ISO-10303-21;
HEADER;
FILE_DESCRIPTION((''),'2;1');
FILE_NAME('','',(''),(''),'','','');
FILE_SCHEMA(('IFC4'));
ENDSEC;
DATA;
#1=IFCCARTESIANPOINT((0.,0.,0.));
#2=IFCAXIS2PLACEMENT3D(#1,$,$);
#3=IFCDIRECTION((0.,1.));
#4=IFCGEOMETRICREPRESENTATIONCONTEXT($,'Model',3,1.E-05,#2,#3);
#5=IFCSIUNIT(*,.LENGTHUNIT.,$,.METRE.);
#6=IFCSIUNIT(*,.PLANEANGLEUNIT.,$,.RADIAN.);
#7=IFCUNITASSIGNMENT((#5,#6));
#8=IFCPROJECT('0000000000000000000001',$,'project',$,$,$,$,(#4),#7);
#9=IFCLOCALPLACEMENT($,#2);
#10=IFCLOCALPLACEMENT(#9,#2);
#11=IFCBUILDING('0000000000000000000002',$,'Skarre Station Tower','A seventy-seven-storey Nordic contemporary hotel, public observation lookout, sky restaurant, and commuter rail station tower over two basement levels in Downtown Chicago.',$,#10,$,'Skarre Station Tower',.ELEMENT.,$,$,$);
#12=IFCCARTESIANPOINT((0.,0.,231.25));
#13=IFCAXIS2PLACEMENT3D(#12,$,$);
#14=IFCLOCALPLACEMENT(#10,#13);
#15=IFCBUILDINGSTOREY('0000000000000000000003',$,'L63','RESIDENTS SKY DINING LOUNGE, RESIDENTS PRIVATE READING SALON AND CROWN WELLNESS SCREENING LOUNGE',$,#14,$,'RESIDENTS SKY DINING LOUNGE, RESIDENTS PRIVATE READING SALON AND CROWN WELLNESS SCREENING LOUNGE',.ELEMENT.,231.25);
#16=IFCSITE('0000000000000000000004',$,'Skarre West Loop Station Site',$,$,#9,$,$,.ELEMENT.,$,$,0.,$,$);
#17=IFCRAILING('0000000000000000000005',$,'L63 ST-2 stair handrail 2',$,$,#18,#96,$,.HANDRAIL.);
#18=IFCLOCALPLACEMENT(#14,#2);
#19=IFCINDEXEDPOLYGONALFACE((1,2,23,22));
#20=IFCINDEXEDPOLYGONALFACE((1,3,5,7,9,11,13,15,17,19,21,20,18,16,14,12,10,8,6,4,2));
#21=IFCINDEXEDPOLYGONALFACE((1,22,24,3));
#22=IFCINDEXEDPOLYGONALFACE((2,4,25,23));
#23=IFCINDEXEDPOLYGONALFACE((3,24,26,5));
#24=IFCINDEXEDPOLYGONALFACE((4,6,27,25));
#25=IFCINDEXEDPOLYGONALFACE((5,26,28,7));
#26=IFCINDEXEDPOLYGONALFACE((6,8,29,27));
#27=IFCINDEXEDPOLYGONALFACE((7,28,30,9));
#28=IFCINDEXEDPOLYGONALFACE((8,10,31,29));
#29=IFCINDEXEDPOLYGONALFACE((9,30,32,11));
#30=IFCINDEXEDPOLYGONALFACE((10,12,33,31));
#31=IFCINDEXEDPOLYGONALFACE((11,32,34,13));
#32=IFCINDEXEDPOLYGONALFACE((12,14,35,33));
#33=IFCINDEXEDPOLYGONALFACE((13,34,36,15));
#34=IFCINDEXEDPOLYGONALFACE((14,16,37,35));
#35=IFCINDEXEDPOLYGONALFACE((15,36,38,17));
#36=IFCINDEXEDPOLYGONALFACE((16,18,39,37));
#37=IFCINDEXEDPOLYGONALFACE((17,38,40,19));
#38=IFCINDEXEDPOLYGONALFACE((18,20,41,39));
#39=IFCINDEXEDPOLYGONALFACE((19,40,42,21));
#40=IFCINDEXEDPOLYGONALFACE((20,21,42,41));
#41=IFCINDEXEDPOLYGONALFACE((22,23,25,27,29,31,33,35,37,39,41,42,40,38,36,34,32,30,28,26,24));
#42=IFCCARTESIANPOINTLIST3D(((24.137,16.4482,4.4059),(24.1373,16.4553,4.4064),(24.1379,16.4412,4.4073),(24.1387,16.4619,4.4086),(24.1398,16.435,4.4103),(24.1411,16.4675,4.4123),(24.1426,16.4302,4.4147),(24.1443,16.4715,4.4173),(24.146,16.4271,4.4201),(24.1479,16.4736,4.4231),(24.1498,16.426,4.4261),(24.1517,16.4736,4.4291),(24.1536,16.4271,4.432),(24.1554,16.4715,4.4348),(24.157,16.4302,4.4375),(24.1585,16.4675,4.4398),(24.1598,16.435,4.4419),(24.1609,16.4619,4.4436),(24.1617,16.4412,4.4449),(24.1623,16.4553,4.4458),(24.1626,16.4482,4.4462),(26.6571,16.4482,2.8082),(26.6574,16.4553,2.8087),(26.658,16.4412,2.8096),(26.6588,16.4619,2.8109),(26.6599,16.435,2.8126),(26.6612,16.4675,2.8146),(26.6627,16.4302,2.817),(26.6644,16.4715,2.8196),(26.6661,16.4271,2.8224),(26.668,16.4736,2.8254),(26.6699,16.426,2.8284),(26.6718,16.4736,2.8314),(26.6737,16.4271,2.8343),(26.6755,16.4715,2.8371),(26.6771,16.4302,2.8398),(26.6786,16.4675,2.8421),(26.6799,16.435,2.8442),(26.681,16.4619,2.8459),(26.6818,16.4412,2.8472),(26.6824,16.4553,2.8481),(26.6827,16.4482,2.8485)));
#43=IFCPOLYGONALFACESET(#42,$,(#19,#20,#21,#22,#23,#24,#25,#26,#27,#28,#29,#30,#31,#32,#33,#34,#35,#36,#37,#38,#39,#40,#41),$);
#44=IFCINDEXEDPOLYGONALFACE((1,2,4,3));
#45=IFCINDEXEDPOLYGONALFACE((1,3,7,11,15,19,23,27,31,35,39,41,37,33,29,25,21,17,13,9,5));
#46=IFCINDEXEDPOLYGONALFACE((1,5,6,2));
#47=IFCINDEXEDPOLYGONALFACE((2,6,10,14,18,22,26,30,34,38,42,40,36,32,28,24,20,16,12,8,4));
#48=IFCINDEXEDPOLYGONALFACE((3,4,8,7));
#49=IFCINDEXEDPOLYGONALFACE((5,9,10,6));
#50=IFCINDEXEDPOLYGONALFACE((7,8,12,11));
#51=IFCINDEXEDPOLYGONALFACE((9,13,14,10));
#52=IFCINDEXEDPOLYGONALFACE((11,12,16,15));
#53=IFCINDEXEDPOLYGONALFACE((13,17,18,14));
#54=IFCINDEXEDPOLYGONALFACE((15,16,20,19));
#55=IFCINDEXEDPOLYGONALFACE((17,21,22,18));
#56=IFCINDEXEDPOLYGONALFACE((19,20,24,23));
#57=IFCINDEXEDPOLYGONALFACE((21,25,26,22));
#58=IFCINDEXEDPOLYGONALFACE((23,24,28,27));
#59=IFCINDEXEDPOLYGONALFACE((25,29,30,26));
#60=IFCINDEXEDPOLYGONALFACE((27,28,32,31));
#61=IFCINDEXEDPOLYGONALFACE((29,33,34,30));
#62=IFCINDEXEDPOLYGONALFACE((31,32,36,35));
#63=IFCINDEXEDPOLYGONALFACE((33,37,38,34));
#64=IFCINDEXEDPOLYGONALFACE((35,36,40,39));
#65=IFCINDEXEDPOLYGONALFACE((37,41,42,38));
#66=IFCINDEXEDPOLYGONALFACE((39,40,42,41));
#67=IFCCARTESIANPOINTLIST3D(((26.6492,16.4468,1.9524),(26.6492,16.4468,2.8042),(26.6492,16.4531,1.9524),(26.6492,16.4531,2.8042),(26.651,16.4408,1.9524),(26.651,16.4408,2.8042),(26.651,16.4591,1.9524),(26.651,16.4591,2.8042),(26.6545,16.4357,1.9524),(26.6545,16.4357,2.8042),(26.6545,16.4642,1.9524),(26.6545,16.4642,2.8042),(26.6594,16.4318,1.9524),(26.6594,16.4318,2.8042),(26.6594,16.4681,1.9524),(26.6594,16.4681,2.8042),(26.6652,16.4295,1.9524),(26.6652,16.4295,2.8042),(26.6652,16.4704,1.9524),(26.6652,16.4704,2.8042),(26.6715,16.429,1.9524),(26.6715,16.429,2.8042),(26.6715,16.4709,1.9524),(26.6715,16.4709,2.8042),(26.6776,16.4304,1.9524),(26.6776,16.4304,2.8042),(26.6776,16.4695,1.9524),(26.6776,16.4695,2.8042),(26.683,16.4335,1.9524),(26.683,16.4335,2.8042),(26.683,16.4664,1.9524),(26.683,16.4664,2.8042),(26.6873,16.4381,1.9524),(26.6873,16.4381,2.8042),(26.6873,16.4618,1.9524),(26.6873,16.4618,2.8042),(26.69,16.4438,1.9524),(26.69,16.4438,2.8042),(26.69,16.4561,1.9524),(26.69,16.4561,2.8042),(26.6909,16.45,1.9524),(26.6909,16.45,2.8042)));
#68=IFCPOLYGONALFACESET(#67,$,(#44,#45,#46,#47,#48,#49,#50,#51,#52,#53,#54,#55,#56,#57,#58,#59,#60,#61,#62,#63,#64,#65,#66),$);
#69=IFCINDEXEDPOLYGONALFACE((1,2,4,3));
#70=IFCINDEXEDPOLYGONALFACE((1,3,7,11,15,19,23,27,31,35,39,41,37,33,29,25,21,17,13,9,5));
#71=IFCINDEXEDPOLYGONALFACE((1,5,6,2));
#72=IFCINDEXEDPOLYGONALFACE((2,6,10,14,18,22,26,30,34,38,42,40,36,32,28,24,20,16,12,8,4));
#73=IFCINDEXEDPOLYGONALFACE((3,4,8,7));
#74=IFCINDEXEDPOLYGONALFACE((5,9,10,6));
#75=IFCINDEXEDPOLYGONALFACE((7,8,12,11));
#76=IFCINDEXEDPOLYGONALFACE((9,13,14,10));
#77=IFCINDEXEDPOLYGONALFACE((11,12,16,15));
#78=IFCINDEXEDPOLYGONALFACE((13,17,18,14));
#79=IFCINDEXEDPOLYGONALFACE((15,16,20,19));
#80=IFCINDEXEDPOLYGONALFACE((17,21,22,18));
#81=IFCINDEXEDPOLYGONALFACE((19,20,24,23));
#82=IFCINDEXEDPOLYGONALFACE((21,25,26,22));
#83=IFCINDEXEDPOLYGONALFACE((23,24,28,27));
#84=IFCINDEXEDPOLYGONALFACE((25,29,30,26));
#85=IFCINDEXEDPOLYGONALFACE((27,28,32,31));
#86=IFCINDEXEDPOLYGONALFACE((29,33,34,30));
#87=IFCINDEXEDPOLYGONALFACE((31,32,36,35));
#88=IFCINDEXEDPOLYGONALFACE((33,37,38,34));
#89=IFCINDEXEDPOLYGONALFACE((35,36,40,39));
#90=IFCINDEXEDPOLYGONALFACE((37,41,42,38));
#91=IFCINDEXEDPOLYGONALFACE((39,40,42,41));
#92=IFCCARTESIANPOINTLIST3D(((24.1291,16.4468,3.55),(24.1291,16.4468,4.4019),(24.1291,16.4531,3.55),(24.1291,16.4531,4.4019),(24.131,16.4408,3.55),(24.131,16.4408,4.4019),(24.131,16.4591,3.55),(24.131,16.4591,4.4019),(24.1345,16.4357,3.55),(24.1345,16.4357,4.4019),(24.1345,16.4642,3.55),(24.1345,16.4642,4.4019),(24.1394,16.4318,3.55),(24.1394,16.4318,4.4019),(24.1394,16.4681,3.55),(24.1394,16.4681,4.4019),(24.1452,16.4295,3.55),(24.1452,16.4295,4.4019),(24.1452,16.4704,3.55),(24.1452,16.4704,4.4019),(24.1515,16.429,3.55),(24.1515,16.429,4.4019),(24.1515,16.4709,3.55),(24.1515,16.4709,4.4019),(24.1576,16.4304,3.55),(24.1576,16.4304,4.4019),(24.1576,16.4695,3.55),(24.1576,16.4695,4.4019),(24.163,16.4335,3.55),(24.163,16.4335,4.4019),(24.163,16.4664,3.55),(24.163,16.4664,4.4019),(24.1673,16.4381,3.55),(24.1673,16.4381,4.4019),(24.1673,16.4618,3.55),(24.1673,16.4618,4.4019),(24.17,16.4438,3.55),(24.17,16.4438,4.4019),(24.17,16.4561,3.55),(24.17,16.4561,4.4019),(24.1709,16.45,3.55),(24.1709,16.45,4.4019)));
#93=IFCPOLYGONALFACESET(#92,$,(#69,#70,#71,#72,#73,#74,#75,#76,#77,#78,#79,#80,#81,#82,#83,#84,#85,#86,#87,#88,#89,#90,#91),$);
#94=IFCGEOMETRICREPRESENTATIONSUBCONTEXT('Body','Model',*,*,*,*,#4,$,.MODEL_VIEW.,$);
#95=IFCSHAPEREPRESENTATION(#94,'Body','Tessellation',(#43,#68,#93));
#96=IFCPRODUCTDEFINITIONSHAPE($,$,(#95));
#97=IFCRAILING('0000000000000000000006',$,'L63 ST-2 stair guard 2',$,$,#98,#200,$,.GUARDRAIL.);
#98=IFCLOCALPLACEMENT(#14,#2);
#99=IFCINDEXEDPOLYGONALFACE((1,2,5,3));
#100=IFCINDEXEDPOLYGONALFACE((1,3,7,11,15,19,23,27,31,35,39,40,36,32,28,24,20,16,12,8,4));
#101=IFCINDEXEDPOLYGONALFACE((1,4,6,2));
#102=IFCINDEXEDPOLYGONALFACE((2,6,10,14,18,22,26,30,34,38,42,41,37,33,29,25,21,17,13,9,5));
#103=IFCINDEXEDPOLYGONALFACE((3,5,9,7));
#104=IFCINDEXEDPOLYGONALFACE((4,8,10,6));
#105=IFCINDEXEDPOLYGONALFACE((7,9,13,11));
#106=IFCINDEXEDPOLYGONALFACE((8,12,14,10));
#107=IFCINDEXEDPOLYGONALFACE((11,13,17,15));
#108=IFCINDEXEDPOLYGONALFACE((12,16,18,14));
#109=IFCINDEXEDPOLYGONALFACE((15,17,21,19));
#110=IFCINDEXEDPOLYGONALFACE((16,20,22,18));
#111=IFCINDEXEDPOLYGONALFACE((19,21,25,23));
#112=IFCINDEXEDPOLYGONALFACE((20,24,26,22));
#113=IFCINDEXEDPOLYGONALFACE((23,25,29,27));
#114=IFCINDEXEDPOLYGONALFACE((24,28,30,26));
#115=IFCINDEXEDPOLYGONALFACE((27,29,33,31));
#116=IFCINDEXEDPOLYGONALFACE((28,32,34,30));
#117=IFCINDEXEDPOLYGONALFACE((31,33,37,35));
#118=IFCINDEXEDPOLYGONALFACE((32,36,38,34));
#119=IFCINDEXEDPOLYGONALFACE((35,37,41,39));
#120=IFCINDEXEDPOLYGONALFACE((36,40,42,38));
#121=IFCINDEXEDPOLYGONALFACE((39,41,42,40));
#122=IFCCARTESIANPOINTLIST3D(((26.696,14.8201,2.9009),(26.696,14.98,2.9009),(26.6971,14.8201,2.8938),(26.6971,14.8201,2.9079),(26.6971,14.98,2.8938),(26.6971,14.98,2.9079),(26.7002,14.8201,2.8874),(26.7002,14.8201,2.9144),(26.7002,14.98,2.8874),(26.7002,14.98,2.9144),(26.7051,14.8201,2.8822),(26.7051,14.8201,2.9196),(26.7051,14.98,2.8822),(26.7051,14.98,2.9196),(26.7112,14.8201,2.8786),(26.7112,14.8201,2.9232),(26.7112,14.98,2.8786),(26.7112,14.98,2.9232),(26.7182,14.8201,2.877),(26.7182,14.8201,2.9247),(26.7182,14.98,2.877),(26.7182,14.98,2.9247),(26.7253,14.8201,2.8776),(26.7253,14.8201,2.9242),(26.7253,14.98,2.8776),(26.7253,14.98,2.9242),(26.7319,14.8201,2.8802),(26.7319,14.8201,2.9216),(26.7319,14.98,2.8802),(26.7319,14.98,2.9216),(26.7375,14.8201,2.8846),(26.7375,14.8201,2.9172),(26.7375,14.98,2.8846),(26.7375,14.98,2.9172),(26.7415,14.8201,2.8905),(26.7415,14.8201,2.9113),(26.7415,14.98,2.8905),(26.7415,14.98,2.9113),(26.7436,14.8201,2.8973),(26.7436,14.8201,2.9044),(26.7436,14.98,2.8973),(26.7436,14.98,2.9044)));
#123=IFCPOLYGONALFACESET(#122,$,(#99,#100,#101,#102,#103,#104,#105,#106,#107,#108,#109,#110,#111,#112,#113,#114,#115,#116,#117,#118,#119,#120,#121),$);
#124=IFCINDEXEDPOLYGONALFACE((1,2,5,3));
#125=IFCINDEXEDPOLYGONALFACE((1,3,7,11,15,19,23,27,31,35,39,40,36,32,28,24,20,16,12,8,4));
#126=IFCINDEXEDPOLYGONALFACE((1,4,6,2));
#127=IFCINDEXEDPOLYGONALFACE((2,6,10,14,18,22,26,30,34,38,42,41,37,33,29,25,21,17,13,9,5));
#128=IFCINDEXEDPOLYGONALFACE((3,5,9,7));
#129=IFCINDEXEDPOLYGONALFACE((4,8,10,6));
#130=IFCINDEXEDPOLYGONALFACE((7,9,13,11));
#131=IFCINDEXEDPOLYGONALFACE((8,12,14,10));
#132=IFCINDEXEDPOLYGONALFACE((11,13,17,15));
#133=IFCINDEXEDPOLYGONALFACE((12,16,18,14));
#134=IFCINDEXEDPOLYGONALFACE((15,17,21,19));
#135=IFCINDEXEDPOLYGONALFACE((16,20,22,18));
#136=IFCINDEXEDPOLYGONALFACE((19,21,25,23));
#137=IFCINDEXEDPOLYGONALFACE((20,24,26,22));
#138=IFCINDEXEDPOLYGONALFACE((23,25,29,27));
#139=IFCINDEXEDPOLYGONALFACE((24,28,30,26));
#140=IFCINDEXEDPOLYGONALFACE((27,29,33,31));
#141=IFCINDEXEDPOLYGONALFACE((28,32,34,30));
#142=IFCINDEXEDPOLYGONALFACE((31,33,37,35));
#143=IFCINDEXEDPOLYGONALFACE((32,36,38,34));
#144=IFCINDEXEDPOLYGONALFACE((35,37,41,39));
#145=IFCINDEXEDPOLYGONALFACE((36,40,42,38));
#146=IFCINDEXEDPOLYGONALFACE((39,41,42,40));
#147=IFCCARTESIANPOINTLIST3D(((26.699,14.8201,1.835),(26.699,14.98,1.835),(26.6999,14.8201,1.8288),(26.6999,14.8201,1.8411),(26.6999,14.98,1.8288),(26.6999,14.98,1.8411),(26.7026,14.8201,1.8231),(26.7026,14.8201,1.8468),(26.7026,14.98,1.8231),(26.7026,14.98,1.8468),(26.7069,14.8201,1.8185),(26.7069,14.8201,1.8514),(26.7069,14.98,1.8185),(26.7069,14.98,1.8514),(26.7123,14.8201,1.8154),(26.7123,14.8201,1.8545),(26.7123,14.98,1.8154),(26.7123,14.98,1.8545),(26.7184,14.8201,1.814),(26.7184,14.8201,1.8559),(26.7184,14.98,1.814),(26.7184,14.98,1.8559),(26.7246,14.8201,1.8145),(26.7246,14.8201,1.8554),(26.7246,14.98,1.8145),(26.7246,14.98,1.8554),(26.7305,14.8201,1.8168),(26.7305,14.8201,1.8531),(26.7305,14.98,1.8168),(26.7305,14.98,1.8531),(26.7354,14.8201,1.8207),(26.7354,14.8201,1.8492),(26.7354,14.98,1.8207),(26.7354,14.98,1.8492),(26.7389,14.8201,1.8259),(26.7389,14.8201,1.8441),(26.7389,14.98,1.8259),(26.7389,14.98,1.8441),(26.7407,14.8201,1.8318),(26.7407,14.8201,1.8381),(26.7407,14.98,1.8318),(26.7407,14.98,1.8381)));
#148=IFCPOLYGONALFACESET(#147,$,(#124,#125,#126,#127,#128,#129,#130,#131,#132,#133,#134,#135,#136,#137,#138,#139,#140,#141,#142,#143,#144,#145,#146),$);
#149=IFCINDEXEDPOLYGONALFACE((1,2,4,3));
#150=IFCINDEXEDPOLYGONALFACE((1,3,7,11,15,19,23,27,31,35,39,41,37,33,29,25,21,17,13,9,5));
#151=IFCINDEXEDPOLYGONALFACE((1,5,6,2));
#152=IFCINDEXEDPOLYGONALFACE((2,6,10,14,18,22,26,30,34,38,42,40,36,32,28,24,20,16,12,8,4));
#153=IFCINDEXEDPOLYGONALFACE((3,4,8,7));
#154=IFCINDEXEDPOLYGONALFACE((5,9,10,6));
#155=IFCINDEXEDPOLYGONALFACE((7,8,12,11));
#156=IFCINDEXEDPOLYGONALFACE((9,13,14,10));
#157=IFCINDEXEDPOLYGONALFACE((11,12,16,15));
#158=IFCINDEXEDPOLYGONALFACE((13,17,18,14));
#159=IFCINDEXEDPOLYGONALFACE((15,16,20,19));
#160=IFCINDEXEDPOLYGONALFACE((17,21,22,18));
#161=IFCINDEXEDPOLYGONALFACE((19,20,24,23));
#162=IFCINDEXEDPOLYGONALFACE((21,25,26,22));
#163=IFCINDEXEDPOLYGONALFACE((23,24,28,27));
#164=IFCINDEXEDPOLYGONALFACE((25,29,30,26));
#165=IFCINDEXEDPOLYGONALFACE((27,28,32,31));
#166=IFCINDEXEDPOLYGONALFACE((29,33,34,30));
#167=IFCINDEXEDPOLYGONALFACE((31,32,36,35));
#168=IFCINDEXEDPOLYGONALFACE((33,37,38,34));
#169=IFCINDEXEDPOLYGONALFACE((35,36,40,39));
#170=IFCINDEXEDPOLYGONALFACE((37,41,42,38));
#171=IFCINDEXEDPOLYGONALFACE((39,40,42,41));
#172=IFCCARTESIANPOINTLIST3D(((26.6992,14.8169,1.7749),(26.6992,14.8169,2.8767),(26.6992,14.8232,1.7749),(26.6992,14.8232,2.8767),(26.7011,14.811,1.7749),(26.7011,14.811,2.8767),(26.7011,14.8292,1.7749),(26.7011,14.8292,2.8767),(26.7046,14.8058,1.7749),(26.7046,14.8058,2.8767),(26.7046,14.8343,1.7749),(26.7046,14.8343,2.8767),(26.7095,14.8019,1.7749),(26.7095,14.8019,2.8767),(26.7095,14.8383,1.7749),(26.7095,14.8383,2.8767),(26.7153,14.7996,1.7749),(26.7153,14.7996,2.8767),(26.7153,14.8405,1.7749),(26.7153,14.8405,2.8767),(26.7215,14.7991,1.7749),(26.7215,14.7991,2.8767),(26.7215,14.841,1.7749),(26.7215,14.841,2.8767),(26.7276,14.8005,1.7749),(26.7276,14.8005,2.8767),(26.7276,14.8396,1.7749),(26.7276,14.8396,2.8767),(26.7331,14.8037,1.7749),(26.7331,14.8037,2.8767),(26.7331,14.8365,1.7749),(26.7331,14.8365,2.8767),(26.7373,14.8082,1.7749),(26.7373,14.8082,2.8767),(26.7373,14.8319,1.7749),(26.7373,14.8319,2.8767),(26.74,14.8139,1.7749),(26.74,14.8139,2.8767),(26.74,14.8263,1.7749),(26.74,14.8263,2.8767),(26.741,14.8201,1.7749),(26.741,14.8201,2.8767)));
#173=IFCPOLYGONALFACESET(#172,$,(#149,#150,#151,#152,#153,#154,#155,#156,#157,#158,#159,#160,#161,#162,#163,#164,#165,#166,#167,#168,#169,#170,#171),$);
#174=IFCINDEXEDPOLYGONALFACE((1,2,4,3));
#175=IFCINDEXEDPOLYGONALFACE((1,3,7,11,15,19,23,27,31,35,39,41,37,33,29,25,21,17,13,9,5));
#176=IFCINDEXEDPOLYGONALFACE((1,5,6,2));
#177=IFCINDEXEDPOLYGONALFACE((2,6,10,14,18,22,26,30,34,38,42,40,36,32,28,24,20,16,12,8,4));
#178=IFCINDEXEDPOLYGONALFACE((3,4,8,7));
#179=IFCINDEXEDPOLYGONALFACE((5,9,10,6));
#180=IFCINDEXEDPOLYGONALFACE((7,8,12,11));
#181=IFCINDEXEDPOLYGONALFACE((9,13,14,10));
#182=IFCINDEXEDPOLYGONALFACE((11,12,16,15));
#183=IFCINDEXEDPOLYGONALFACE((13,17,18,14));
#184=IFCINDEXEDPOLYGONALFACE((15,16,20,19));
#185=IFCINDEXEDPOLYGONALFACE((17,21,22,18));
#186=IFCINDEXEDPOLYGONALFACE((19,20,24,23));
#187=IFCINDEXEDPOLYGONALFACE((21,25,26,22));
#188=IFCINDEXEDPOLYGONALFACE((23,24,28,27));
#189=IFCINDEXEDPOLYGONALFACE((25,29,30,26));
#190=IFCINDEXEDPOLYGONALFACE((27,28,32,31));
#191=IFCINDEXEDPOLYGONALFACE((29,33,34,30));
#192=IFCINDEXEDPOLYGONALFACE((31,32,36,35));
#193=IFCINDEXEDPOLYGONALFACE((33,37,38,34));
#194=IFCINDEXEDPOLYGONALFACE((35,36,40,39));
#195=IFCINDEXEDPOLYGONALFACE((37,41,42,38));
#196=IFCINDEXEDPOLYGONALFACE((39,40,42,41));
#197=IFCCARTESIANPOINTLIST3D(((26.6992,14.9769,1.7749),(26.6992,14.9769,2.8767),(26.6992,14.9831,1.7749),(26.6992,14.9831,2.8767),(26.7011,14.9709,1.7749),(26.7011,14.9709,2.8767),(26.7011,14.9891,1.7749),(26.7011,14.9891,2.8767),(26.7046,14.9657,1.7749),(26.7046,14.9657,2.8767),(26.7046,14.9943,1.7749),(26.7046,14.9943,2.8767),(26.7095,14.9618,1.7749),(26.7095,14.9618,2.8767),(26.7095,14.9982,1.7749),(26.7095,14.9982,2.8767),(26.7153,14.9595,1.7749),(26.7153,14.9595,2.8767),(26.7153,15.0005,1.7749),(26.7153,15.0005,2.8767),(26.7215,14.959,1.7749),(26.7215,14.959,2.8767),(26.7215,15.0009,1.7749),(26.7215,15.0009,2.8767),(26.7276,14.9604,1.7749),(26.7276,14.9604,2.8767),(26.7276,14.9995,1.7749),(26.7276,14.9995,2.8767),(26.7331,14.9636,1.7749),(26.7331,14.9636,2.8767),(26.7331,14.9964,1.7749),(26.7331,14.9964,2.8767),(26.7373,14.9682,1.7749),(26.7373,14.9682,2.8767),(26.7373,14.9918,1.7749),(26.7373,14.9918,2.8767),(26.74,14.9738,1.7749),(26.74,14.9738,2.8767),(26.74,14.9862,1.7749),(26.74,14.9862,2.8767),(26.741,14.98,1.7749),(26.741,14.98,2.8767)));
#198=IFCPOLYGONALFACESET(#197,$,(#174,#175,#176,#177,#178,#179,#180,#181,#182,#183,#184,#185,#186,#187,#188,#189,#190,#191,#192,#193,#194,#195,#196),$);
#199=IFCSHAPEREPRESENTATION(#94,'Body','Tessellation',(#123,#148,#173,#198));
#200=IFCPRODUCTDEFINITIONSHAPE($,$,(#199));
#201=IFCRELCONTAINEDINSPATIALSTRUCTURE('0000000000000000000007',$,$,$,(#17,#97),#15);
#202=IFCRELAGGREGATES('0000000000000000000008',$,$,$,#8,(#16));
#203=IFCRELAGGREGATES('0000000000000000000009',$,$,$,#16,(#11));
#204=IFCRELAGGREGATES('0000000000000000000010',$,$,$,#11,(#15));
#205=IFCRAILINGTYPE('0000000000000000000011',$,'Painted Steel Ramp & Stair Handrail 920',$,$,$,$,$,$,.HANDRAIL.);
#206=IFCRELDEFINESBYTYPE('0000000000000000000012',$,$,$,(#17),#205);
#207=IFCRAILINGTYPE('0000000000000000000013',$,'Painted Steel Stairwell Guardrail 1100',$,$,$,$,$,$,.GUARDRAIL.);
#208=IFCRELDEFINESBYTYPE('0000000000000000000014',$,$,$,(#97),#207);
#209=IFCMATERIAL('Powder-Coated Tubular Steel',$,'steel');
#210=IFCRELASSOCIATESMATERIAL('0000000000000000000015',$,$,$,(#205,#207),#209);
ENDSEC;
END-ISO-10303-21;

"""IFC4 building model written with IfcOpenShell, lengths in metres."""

from ifc_helpers import new_model, si_unit, direction, frame, origin, origin_2d, place, context, subcontext, project, spatial, circle, extrude, material, type_object, element, save


model = new_model("IFC4")

# Units and contexts
model_context = context("Model", 3, precision=1e-05, world=origin(), true_north=direction((0.0, 1.0)))
body_context = subcontext(model_context, "Body", "Model", "MODEL_VIEW")
ifc_project = project(units=[si_unit("LENGTHUNIT", "METRE"), si_unit("PLANEANGLEUNIT", "RADIAN")], contexts=[model_context])

# Site, building, storey
site_placement = place(None, origin())
site = spatial("IfcSite", under=ifc_project, at=site_placement, Name="Skarre West Loop Station Site", CompositionType="ELEMENT", RefElevation=0.0)
building_placement = place(site_placement, origin())
building = spatial("IfcBuilding", under=site, at=building_placement, Name="Skarre Station Tower", Description="A seventy-seven-storey Nordic contemporary hotel, public observation lookout, sky restaurant, and commuter rail station tower over two basement levels in Downtown Chicago.", LongName="Skarre Station Tower", CompositionType="ELEMENT")
storey_placement = place(building_placement, frame((0.0, 0.0, 231.25)))
storey = spatial("IfcBuildingStorey", under=building, at=storey_placement, Name="L63", Description="RESIDENTS SKY DINING LOUNGE, RESIDENTS PRIVATE READING SALON AND CROWN WELLNESS SCREENING LOUNGE", LongName="RESIDENTS SKY DINING LOUNGE, RESIDENTS PRIVATE READING SALON AND CROWN WELLNESS SCREENING LOUNGE", CompositionType="ELEMENT", Elevation=231.25)

# Railings
ifc_material_1 = material(Name="Powder-Coated Tubular Steel", Category="steel")
railing_type_1 = type_object("IfcRailingType", Name="Painted Steel Ramp & Stair Handrail 920", PredefinedType="HANDRAIL", material=ifc_material_1)
railing_1_placement = place(storey_placement, frame((26.6699, 16.45, 1.9524)))
element("IfcRailing", 1, at=railing_1_placement, inside=storey, type_object=railing_type_1, Name="L63 ST-2 stair handrail 2", PredefinedType="HANDRAIL", context=body_context, shape_type="SweptSolid", body=[
    extrude(circle(Radius=0.0239, at=origin_2d()), frame((0.0, 0.0, 0.876), z_axis=(-0.84457, 0.0, 0.535445), x_axis=(0.0, -1.0, 0.0)), (0.0, 0.0, 1.0), 2.9839),
    extrude(circle(Radius=0.021, at=origin_2d()), origin(), (0.0, 0.0, 1.0), 0.8518),
    extrude(circle(Radius=0.021, at=origin_2d()), frame((-2.52, 0.0, 1.5977)), (0.0, 0.0, 1.0), 0.8518),
])
railing_type_2 = type_object("IfcRailingType", Name="Painted Steel Stairwell Guardrail 1100", PredefinedType="GUARDRAIL", material=ifc_material_1)
railing_2_placement = place(storey_placement, frame((26.72, 14.8201, 1.7749)))
element("IfcRailing", 2, at=railing_2_placement, inside=storey, type_object=railing_type_2, Name="L63 ST-2 stair guard 2", PredefinedType="GUARDRAIL", context=body_context, shape_type="SweptSolid", body=[
    extrude(circle(Radius=0.0239, at=origin_2d()), frame((0.0, 0.0, 1.126), z_axis=(0.0, 1.0, 0.0), x_axis=(-1.0, 0.0, 0.0)), (0.0, 0.0, 1.0), 0.1599),
    extrude(circle(Radius=0.021, at=origin_2d()), frame((0.0, 0.0, 0.0601), z_axis=(0.0, 1.0, 0.0), x_axis=(-1.0, 0.0, 0.0)), (0.0, 0.0, 1.0), 0.1599),
    extrude(circle(Radius=0.021, at=origin_2d()), origin(), (0.0, 0.0, 1.0), 1.1018),
    extrude(circle(Radius=0.021, at=origin_2d()), frame((0.0, 0.1599, 0.0)), (0.0, 0.0, 1.0), 1.1018),
])

save(model, "model.ifc")
